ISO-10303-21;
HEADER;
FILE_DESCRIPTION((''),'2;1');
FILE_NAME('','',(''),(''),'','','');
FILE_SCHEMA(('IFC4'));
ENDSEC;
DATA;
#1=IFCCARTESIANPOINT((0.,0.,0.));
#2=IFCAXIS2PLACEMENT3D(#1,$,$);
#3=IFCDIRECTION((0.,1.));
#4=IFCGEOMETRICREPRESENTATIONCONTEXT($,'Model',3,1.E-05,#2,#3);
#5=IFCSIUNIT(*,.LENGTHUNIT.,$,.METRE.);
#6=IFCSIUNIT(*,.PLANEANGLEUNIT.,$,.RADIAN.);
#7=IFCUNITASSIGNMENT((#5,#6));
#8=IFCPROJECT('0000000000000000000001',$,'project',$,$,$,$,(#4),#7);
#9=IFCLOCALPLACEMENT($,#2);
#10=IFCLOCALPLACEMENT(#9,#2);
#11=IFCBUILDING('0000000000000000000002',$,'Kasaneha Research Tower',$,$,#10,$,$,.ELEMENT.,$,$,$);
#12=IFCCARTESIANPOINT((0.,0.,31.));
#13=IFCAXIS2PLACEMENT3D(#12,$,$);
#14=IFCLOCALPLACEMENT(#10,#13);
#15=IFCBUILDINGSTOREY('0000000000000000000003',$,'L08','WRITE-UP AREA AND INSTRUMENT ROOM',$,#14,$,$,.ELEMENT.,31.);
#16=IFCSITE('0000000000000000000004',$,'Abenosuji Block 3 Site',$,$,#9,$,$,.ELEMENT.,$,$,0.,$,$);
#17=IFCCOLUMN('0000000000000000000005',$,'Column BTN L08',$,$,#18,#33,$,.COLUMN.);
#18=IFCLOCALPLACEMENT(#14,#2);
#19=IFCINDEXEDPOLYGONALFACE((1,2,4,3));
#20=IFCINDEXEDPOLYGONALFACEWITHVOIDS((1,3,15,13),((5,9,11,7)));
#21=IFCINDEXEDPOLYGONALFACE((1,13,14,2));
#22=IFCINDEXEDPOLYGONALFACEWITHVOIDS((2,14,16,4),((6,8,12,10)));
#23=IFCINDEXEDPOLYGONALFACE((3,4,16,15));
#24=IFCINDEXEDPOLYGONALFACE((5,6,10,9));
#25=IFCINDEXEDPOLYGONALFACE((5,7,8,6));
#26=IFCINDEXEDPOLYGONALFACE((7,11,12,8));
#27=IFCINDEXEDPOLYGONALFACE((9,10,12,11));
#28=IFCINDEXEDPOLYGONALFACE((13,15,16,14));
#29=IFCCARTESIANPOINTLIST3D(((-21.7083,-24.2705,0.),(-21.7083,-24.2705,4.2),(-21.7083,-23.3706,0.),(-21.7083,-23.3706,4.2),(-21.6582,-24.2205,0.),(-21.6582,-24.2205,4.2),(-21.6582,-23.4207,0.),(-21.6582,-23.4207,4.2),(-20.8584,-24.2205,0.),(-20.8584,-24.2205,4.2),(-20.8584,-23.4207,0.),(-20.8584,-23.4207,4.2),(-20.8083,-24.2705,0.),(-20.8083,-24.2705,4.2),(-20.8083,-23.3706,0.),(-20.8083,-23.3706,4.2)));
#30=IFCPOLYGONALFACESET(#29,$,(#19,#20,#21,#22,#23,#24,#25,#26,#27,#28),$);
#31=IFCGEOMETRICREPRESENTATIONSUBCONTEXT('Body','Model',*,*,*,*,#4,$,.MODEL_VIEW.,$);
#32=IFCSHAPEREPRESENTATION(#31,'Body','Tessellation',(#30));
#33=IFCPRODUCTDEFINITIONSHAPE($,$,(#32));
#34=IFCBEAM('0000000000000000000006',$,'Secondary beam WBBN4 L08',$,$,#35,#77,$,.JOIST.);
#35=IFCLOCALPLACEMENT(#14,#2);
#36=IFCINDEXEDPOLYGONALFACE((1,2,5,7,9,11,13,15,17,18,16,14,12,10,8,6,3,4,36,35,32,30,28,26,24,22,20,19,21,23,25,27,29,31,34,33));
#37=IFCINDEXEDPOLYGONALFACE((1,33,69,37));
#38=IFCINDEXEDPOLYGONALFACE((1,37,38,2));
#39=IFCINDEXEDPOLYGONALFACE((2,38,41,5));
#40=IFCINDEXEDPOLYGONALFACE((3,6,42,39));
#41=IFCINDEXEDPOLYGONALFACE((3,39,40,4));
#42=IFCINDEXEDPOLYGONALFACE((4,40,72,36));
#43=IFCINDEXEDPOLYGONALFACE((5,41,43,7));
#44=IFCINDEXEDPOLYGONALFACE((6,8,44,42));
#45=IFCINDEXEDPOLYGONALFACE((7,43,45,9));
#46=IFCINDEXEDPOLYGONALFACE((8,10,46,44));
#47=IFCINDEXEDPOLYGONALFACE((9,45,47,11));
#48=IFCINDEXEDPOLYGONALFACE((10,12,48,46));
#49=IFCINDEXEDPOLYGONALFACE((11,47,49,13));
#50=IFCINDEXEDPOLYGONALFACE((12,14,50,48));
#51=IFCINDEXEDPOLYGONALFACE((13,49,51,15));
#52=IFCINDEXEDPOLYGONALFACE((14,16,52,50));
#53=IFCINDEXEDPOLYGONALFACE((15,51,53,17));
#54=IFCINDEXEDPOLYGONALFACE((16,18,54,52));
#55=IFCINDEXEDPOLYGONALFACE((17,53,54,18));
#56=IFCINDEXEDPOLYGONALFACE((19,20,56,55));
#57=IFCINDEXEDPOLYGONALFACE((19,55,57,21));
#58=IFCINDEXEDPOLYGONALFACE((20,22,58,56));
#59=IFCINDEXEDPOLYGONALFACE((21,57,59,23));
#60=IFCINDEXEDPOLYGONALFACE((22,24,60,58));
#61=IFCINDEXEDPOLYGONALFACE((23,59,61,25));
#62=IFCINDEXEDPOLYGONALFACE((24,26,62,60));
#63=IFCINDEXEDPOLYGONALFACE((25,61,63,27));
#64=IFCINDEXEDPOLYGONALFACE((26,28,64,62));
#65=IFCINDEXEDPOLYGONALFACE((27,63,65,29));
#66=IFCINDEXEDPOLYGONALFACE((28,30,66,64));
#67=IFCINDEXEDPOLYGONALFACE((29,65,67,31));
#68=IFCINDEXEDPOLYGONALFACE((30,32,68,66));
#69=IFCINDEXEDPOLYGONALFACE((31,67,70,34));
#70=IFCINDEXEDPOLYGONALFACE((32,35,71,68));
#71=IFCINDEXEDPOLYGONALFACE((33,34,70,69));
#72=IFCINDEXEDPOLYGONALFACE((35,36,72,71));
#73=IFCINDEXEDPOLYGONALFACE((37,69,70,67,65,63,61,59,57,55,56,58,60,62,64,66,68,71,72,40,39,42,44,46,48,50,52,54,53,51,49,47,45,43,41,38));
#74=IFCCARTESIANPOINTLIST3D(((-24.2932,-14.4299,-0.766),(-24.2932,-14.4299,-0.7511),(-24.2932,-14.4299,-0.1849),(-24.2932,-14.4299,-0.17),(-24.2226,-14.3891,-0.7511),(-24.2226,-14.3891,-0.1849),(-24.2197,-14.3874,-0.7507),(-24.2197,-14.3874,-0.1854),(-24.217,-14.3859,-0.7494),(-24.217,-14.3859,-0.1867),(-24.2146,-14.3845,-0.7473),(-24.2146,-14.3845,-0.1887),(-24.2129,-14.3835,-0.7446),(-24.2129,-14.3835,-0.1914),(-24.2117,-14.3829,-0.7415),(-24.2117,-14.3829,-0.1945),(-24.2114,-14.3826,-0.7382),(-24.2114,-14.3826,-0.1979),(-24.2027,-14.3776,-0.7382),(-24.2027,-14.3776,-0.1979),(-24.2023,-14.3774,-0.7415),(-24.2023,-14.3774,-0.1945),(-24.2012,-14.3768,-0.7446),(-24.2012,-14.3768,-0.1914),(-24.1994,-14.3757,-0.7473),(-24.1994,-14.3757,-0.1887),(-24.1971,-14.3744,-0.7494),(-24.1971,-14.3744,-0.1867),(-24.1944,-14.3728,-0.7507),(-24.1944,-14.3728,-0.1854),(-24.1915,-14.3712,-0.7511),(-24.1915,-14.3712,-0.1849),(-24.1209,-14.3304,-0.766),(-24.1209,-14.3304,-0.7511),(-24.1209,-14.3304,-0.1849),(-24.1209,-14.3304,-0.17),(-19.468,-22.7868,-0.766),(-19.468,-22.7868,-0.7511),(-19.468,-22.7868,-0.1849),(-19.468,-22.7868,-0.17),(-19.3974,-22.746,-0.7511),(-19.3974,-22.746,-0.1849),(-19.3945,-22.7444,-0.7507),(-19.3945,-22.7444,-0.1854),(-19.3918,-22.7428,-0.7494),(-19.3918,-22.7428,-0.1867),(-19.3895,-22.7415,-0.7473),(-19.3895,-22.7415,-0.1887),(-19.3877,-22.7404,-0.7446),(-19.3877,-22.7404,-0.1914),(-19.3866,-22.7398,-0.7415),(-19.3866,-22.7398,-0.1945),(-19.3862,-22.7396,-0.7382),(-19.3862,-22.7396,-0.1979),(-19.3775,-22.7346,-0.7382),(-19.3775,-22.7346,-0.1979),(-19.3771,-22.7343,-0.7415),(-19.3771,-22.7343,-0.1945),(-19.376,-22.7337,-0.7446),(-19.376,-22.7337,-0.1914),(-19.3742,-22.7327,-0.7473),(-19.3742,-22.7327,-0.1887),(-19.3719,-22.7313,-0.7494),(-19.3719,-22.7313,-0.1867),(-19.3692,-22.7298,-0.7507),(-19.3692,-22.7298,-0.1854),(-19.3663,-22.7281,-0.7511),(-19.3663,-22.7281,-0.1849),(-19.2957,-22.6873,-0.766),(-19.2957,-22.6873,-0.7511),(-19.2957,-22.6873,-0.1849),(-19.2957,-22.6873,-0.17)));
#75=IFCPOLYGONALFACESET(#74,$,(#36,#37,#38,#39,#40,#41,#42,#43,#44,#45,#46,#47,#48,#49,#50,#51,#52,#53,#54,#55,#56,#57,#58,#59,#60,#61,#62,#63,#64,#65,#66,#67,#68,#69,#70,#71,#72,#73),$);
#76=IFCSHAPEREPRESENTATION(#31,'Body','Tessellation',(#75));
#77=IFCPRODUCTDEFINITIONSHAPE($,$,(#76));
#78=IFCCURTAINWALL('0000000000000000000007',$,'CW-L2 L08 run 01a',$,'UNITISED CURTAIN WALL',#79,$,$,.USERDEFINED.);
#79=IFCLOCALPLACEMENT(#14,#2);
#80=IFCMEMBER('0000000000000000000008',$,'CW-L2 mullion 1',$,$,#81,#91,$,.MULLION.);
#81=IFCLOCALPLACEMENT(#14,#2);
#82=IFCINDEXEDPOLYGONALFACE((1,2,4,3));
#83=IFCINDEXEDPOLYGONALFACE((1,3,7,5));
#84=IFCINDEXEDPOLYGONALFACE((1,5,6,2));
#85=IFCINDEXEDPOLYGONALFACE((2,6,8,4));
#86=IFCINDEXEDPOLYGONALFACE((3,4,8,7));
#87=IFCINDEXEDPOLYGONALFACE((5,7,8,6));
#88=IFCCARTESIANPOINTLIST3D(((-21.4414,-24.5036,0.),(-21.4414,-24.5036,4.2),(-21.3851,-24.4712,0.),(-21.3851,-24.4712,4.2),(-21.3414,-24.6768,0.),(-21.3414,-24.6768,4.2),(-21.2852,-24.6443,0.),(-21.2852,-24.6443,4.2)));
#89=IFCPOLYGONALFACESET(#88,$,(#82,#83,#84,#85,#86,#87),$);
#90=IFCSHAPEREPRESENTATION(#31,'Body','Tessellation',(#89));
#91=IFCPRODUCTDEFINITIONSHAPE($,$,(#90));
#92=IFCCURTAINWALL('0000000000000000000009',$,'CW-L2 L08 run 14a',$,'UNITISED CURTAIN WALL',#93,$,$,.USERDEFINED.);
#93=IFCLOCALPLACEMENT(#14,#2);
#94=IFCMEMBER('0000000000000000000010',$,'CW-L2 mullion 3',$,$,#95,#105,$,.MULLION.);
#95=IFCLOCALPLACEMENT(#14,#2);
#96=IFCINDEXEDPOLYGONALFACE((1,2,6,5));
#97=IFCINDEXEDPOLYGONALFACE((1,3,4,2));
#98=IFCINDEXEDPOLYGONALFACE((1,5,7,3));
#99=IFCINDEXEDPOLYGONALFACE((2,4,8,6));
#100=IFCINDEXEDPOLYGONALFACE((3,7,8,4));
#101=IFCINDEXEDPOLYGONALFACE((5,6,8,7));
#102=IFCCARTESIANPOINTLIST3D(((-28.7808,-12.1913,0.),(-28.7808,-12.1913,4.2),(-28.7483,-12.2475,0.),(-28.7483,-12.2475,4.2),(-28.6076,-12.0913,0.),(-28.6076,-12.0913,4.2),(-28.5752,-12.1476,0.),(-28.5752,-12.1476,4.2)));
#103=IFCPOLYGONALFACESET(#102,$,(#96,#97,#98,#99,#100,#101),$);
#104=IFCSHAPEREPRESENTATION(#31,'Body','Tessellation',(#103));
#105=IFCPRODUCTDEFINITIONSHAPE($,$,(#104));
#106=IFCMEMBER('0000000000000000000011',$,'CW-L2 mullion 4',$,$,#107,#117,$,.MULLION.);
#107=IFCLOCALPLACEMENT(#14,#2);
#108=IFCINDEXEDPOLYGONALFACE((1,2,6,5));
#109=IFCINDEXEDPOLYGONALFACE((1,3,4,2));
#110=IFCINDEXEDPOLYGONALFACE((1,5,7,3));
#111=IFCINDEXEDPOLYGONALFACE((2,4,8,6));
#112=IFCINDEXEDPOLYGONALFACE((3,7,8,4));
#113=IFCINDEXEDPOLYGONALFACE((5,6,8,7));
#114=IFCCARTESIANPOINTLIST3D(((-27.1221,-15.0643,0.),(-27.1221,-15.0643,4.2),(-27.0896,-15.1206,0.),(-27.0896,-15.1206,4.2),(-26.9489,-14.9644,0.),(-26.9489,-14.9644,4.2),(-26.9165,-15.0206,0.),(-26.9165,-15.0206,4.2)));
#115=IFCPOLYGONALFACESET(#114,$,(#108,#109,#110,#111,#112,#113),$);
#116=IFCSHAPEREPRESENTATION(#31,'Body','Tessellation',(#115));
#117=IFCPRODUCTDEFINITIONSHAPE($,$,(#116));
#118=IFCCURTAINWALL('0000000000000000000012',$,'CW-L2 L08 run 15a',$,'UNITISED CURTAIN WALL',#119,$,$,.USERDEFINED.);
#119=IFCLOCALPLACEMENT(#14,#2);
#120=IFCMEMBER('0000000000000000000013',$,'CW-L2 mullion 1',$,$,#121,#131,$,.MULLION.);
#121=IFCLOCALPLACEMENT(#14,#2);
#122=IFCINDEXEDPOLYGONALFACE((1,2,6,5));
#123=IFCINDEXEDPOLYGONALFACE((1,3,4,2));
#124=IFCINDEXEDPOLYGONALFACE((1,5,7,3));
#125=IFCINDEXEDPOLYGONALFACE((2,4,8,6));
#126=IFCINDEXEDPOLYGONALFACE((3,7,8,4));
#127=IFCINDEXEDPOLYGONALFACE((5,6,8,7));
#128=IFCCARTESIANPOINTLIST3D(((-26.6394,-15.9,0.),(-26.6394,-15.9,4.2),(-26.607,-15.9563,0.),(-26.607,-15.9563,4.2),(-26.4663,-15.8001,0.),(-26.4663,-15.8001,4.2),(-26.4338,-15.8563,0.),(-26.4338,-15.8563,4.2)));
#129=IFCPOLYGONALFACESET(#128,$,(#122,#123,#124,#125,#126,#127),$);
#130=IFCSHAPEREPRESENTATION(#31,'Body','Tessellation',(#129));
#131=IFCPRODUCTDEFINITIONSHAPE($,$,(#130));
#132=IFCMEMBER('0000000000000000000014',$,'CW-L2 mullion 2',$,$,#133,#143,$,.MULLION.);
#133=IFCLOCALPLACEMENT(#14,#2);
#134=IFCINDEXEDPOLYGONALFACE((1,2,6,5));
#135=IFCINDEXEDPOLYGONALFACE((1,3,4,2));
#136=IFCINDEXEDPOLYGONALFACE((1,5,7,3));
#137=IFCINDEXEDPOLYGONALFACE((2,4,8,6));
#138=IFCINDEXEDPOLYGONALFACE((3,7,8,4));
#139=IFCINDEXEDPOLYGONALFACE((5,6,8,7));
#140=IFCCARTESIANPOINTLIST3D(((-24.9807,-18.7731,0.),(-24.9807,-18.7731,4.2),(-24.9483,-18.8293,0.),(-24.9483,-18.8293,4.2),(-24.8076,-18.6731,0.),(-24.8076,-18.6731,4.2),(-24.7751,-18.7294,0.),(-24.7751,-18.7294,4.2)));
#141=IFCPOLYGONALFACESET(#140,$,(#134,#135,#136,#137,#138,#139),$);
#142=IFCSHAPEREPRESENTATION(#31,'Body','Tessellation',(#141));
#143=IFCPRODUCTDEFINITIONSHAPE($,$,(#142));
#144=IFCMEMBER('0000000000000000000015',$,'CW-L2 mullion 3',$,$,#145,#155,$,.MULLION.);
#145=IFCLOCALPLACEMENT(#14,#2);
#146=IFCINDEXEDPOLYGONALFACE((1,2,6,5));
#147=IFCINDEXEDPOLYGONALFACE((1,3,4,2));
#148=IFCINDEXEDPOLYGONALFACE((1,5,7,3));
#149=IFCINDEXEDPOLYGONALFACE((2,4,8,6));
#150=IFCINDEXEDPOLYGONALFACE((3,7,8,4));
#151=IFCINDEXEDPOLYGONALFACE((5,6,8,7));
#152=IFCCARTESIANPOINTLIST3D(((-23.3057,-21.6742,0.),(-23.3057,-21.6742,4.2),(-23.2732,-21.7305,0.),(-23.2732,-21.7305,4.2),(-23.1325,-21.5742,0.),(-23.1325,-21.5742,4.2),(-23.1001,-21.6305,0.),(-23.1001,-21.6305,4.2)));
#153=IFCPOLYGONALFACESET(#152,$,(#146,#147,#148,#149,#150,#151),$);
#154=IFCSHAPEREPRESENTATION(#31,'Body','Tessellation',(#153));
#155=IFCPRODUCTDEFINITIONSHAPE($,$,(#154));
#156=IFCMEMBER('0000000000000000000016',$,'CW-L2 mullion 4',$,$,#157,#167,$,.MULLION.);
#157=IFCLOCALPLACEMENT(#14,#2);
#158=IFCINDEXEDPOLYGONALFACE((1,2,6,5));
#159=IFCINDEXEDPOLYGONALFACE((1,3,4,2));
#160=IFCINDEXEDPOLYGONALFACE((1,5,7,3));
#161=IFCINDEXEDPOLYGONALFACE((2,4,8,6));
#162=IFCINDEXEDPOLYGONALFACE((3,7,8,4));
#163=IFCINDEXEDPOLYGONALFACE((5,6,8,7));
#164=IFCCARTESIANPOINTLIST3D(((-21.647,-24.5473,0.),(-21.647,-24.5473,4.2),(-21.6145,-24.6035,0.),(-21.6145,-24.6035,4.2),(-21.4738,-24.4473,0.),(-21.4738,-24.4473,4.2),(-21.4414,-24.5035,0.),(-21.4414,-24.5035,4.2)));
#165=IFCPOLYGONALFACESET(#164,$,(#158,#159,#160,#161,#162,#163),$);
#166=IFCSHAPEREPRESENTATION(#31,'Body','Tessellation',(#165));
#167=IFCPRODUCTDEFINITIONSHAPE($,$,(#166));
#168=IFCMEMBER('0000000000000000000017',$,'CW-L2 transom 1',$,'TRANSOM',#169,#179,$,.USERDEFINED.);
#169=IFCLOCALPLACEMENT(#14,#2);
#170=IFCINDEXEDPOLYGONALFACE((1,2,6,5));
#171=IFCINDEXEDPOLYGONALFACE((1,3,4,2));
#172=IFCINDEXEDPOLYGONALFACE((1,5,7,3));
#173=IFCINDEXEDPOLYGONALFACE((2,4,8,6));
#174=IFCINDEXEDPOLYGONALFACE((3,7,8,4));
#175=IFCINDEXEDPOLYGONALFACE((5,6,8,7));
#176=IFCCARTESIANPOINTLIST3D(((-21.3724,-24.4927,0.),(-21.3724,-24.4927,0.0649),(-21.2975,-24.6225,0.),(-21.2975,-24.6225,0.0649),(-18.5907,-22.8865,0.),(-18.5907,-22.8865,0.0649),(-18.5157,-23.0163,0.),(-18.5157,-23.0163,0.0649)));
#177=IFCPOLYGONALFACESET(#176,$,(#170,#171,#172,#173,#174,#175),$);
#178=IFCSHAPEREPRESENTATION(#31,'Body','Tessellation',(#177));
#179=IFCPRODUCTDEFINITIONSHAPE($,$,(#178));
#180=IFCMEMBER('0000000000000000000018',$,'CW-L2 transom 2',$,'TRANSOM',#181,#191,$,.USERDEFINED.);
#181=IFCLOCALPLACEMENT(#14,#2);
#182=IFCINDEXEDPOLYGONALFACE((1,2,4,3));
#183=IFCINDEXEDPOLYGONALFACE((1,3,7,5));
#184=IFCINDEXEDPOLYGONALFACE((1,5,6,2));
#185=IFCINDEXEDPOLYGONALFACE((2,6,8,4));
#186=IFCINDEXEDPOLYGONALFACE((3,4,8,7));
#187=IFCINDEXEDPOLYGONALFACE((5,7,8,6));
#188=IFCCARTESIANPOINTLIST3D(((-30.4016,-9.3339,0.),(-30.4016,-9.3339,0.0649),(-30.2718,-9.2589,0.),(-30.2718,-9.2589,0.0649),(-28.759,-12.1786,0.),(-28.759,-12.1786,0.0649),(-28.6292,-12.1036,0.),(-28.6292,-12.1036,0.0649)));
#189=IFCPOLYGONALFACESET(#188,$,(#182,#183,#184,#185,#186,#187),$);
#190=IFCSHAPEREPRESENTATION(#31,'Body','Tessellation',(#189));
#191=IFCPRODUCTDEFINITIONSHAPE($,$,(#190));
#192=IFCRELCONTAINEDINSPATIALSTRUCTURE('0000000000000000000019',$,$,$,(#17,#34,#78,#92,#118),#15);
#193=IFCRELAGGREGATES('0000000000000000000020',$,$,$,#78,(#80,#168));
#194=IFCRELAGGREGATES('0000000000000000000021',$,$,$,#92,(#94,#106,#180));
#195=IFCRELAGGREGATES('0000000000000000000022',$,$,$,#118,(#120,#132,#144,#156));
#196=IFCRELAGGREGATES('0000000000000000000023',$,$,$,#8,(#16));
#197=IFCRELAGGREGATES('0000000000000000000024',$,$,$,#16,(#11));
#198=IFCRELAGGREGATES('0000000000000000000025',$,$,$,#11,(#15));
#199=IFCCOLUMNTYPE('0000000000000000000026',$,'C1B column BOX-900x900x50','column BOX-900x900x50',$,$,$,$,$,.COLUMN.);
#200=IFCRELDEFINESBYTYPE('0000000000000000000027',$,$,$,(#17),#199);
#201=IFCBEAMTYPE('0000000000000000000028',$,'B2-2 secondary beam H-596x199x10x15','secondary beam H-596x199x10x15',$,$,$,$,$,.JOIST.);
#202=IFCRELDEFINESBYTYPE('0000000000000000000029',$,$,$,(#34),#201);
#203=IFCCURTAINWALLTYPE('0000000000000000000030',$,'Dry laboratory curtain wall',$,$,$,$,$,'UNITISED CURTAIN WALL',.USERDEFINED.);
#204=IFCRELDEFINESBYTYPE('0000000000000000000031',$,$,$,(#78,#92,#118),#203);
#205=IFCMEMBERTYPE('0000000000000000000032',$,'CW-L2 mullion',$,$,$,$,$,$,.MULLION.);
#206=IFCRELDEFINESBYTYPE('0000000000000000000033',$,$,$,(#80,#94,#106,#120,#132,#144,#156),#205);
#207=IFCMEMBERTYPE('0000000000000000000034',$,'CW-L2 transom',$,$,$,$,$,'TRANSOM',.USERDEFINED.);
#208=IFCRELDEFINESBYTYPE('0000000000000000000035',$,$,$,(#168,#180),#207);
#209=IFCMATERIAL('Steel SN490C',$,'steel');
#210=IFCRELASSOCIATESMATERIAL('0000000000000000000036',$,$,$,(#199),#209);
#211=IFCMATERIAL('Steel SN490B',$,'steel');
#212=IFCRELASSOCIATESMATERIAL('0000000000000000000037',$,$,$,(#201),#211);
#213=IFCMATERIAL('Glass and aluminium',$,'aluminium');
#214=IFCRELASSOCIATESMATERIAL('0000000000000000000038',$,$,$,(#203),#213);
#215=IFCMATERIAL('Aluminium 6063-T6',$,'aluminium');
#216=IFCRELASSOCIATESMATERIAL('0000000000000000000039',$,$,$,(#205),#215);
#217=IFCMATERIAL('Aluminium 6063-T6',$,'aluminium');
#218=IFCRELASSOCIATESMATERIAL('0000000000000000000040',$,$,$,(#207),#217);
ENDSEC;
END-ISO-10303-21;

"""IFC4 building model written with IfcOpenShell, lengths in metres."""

from ifc_helpers import new_model, si_unit, direction, frame, origin, origin_2d, place, context, subcontext, project, spatial, rectangle, hollow_rectangle, i_section, extrude, material, material_profile, profile_set, type_object, element, aggregate, save


model = new_model("IFC4")

# Units and contexts
model_context = context("Model", 3, precision=1e-05, world=origin(), true_north=direction((0.0, 1.0)))
body_context = subcontext(model_context, "Body", "Model", "MODEL_VIEW")
ifc_project = project(units=[si_unit("LENGTHUNIT", "METRE"), si_unit("PLANEANGLEUNIT", "RADIAN")], contexts=[model_context])

# Site, building, storey
site_placement = place(None, origin())
site = spatial("IfcSite", under=ifc_project, at=site_placement, Name="Abenosuji Block 3 Site", CompositionType="ELEMENT", RefElevation=0.0)
building_placement = place(site_placement, origin())
building = spatial("IfcBuilding", under=site, at=building_placement, Name="Kasaneha Research Tower", CompositionType="ELEMENT")
storey_placement = place(building_placement, frame((0.0, 0.0, 31.0)))
storey = spatial("IfcBuildingStorey", under=building, at=storey_placement, Name="L08", Description="WRITE-UP AREA AND INSTRUMENT ROOM", CompositionType="ELEMENT", Elevation=31.0)

# Column
ifc_material_1 = material(Name="Steel SN490C", Category="steel")
ifc_material_profile_1 = material_profile(ifc_material_1, hollow_rectangle(XDim=0.8999, YDim=0.8999, WallThickness=0.05, at=origin_2d()), Name="BOX-900x900x50")
ifc_profile_set_1 = profile_set([ifc_material_profile_1], Name="Steel SN490C")
column_type = type_object("IfcColumnType", Name="C1B column BOX-900x900x50", Description="column BOX-900x900x50", PredefinedType="COLUMN", material=ifc_profile_set_1)
column_placement = place(storey_placement, frame((-21.2583, -23.8206, 0.0), z_axis=(0.0, 0.0, 1.0), x_axis=(1.0, 0.0, 0.0)))
element("IfcColumn", 1, at=column_placement, inside=storey, type_object=column_type, Name="Column BTN L08", PredefinedType="COLUMN", context=body_context, shape_type="SweptSolid", body=[
    extrude(hollow_rectangle(XDim=0.8999, YDim=0.8999, WallThickness=0.05, at=origin_2d()), origin(), (0.0, 0.0, 1.0), 4.2),
])

# Beam
ifc_material_2 = material(Name="Steel SN490B", Category="steel")
ifc_material_profile_2 = material_profile(ifc_material_2, i_section(OverallWidth=0.199, OverallDepth=0.5959, WebThickness=0.01, FlangeThickness=0.0149, FilletRadius=0.0129, at=origin_2d()), Name="H-596x199x10x15")
ifc_profile_set_2 = profile_set([ifc_material_profile_2], Name="Steel SN490B")
beam_type_1 = type_object("IfcBeamType", Name="B2-2 secondary beam H-596x199x10x15", Description="secondary beam H-596x199x10x15", PredefinedType="JOIST", material=ifc_profile_set_2)
beam_1_placement = place(storey_placement, frame((-19.3818, -22.7371, -0.468), z_axis=(-0.500025, 0.866011, 0.0), x_axis=(-0.866011, -0.500025, 0.0)))
element("IfcBeam", 2, at=beam_1_placement, inside=storey, type_object=beam_type_1, Name="Secondary beam WBBN4 L08", PredefinedType="JOIST", context=body_context, shape_type="SweptSolid", body=[
    extrude(i_section(OverallWidth=0.199, OverallDepth=0.5959, WebThickness=0.01, FlangeThickness=0.0149, FilletRadius=0.0129, at=origin_2d()), origin(), (0.0, 0.0, 1.0), 9.6499),
])

# Curtain wall, member
ifc_material_3 = material(Name="Glass and aluminium", Category="aluminium")
curtain_wall_type = type_object("IfcCurtainWallType", Name="Dry laboratory curtain wall", ElementType="UNITISED CURTAIN WALL", PredefinedType="USERDEFINED", material=ifc_material_3)
curtain_wall_1_placement = place(storey_placement, origin())
curtain_wall_1 = element("IfcCurtainWall", 3, at=curtain_wall_1_placement, inside=storey, type_object=curtain_wall_type, Name="CW-L2 L08 run 01a", ObjectType="UNITISED CURTAIN WALL", PredefinedType="USERDEFINED")
ifc_material_4 = material(Name="Aluminium 6063-T6", Category="aluminium")
ifc_material_profile_3 = material_profile(ifc_material_4, rectangle(XDim=0.0649, YDim=0.2, at=origin_2d()), Name="CW-L2 mullion 65x200")
ifc_profile_set_3 = profile_set([ifc_material_profile_3], Name="Aluminium 6063-T6")
member_type_1 = type_object("IfcMemberType", Name="CW-L2 mullion", PredefinedType="MULLION", material=ifc_profile_set_3)
member_1_placement = place(storey_placement, frame((-21.3633, -24.574, 0.0), z_axis=(0.0, 0.0, 1.0), x_axis=(0.866025, 0.5, 0.0)))
member_1 = element("IfcMember", 4, at=member_1_placement, type_object=member_type_1, Name="CW-L2 mullion 1", PredefinedType="MULLION", context=body_context, shape_type="SweptSolid", body=[
    extrude(rectangle(XDim=0.0649, YDim=0.2, at=origin_2d()), origin(), (0.0, 0.0, 1.0), 4.2),
])

# Curtain walls, members
curtain_wall_2_placement = place(storey_placement, origin())
curtain_wall_2 = element("IfcCurtainWall", 5, at=curtain_wall_2_placement, inside=storey, type_object=curtain_wall_type, Name="CW-L2 L08 run 14a", ObjectType="UNITISED CURTAIN WALL", PredefinedType="USERDEFINED")
member_2_placement = place(storey_placement, frame((-28.678, -12.1694, 0.0), z_axis=(0.0, 0.0, 1.0), x_axis=(0.5, -0.866025, 0.0)))
member_2 = element("IfcMember", 6, at=member_2_placement, type_object=member_type_1, Name="CW-L2 mullion 3", PredefinedType="MULLION", context=body_context, shape_type="SweptSolid", body=[
    extrude(rectangle(XDim=0.0649, YDim=0.2, at=origin_2d()), origin(), (0.0, 0.0, 1.0), 4.2),
])
member_3_placement = place(storey_placement, frame((-27.0193, -15.0425, 0.0), z_axis=(0.0, 0.0, 1.0), x_axis=(0.5, -0.866025, 0.0)))
member_3 = element("IfcMember", 7, at=member_3_placement, type_object=member_type_1, Name="CW-L2 mullion 4", PredefinedType="MULLION", context=body_context, shape_type="SweptSolid", body=[
    extrude(rectangle(XDim=0.0649, YDim=0.2, at=origin_2d()), origin(), (0.0, 0.0, 1.0), 4.2),
])
curtain_wall_3_placement = place(storey_placement, origin())
curtain_wall_3 = element("IfcCurtainWall", 8, at=curtain_wall_3_placement, inside=storey, type_object=curtain_wall_type, Name="CW-L2 L08 run 15a", ObjectType="UNITISED CURTAIN WALL", PredefinedType="USERDEFINED")
member_4_placement = place(storey_placement, frame((-26.5366, -15.8782, 0.0), z_axis=(0.0, 0.0, 1.0), x_axis=(0.5, -0.866025, 0.0)))
member_4 = element("IfcMember", 9, at=member_4_placement, type_object=member_type_1, Name="CW-L2 mullion 1", PredefinedType="MULLION", context=body_context, shape_type="SweptSolid", body=[
    extrude(rectangle(XDim=0.0649, YDim=0.2, at=origin_2d()), origin(), (0.0, 0.0, 1.0), 4.2),
])
member_5_placement = place(storey_placement, frame((-24.8779, -18.7512, 0.0), z_axis=(0.0, 0.0, 1.0), x_axis=(0.5, -0.866025, 0.0)))
member_5 = element("IfcMember", 10, at=member_5_placement, type_object=member_type_1, Name="CW-L2 mullion 2", PredefinedType="MULLION", context=body_context, shape_type="SweptSolid", body=[
    extrude(rectangle(XDim=0.0649, YDim=0.2, at=origin_2d()), origin(), (0.0, 0.0, 1.0), 4.2),
])
member_6_placement = place(storey_placement, frame((-23.2029, -21.6523, 0.0), z_axis=(0.0, 0.0, 1.0), x_axis=(0.5, -0.866025, 0.0)))
member_6 = element("IfcMember", 11, at=member_6_placement, type_object=member_type_1, Name="CW-L2 mullion 3", PredefinedType="MULLION", context=body_context, shape_type="SweptSolid", body=[
    extrude(rectangle(XDim=0.0649, YDim=0.2, at=origin_2d()), origin(), (0.0, 0.0, 1.0), 4.2),
])
member_7_placement = place(storey_placement, frame((-21.5442, -24.5254, 0.0), z_axis=(0.0, 0.0, 1.0), x_axis=(0.5, -0.866025, 0.0)))
member_7 = element("IfcMember", 12, at=member_7_placement, type_object=member_type_1, Name="CW-L2 mullion 4", PredefinedType="MULLION", context=body_context, shape_type="SweptSolid", body=[
    extrude(rectangle(XDim=0.0649, YDim=0.2, at=origin_2d()), origin(), (0.0, 0.0, 1.0), 4.2),
])

# Members
ifc_material_5 = material(Name="Aluminium 6063-T6", Category="aluminium")
ifc_material_profile_4 = material_profile(ifc_material_5, rectangle(XDim=0.1499, YDim=0.0649, at=origin_2d()), Name="CW-L2 transom 150x65")
ifc_profile_set_4 = profile_set([ifc_material_profile_4], Name="Aluminium 6063-T6")
member_type_2 = type_object("IfcMemberType", Name="CW-L2 transom", ElementType="TRANSOM", PredefinedType="USERDEFINED", material=ifc_profile_set_4)
member_8_placement = place(storey_placement, frame((-21.335, -24.5576, 0.0325), z_axis=(0.866003, 0.500038, 0.0), x_axis=(-0.500038, 0.866003, 0.0)))
member_8 = element("IfcMember", 13, at=member_8_placement, type_object=member_type_2, Name="CW-L2 transom 1", ObjectType="TRANSOM", PredefinedType="USERDEFINED", context=body_context, shape_type="SweptSolid", body=[
    extrude(rectangle(XDim=0.1499, YDim=0.0649, at=origin_2d()), origin(), (0.0, 0.0, 1.0), 3.2122),
])
member_9_placement = place(storey_placement, frame((-30.3367, -9.2964, 0.0325), z_axis=(0.50004, -0.866002, 0.0), x_axis=(0.866002, 0.50004, 0.0)))
member_9 = element("IfcMember", 14, at=member_9_placement, type_object=member_type_2, Name="CW-L2 transom 2", ObjectType="TRANSOM", PredefinedType="USERDEFINED", context=body_context, shape_type="SweptSolid", body=[
    extrude(rectangle(XDim=0.1499, YDim=0.0649, at=origin_2d()), origin(), (0.0, 0.0, 1.0), 3.2849),
])

aggregate(curtain_wall_1, [member_1, member_8])
aggregate(curtain_wall_2, [member_2, member_3, member_9])
aggregate(curtain_wall_3, [member_4, member_5, member_6, member_7])

save(model, "model.ifc")
